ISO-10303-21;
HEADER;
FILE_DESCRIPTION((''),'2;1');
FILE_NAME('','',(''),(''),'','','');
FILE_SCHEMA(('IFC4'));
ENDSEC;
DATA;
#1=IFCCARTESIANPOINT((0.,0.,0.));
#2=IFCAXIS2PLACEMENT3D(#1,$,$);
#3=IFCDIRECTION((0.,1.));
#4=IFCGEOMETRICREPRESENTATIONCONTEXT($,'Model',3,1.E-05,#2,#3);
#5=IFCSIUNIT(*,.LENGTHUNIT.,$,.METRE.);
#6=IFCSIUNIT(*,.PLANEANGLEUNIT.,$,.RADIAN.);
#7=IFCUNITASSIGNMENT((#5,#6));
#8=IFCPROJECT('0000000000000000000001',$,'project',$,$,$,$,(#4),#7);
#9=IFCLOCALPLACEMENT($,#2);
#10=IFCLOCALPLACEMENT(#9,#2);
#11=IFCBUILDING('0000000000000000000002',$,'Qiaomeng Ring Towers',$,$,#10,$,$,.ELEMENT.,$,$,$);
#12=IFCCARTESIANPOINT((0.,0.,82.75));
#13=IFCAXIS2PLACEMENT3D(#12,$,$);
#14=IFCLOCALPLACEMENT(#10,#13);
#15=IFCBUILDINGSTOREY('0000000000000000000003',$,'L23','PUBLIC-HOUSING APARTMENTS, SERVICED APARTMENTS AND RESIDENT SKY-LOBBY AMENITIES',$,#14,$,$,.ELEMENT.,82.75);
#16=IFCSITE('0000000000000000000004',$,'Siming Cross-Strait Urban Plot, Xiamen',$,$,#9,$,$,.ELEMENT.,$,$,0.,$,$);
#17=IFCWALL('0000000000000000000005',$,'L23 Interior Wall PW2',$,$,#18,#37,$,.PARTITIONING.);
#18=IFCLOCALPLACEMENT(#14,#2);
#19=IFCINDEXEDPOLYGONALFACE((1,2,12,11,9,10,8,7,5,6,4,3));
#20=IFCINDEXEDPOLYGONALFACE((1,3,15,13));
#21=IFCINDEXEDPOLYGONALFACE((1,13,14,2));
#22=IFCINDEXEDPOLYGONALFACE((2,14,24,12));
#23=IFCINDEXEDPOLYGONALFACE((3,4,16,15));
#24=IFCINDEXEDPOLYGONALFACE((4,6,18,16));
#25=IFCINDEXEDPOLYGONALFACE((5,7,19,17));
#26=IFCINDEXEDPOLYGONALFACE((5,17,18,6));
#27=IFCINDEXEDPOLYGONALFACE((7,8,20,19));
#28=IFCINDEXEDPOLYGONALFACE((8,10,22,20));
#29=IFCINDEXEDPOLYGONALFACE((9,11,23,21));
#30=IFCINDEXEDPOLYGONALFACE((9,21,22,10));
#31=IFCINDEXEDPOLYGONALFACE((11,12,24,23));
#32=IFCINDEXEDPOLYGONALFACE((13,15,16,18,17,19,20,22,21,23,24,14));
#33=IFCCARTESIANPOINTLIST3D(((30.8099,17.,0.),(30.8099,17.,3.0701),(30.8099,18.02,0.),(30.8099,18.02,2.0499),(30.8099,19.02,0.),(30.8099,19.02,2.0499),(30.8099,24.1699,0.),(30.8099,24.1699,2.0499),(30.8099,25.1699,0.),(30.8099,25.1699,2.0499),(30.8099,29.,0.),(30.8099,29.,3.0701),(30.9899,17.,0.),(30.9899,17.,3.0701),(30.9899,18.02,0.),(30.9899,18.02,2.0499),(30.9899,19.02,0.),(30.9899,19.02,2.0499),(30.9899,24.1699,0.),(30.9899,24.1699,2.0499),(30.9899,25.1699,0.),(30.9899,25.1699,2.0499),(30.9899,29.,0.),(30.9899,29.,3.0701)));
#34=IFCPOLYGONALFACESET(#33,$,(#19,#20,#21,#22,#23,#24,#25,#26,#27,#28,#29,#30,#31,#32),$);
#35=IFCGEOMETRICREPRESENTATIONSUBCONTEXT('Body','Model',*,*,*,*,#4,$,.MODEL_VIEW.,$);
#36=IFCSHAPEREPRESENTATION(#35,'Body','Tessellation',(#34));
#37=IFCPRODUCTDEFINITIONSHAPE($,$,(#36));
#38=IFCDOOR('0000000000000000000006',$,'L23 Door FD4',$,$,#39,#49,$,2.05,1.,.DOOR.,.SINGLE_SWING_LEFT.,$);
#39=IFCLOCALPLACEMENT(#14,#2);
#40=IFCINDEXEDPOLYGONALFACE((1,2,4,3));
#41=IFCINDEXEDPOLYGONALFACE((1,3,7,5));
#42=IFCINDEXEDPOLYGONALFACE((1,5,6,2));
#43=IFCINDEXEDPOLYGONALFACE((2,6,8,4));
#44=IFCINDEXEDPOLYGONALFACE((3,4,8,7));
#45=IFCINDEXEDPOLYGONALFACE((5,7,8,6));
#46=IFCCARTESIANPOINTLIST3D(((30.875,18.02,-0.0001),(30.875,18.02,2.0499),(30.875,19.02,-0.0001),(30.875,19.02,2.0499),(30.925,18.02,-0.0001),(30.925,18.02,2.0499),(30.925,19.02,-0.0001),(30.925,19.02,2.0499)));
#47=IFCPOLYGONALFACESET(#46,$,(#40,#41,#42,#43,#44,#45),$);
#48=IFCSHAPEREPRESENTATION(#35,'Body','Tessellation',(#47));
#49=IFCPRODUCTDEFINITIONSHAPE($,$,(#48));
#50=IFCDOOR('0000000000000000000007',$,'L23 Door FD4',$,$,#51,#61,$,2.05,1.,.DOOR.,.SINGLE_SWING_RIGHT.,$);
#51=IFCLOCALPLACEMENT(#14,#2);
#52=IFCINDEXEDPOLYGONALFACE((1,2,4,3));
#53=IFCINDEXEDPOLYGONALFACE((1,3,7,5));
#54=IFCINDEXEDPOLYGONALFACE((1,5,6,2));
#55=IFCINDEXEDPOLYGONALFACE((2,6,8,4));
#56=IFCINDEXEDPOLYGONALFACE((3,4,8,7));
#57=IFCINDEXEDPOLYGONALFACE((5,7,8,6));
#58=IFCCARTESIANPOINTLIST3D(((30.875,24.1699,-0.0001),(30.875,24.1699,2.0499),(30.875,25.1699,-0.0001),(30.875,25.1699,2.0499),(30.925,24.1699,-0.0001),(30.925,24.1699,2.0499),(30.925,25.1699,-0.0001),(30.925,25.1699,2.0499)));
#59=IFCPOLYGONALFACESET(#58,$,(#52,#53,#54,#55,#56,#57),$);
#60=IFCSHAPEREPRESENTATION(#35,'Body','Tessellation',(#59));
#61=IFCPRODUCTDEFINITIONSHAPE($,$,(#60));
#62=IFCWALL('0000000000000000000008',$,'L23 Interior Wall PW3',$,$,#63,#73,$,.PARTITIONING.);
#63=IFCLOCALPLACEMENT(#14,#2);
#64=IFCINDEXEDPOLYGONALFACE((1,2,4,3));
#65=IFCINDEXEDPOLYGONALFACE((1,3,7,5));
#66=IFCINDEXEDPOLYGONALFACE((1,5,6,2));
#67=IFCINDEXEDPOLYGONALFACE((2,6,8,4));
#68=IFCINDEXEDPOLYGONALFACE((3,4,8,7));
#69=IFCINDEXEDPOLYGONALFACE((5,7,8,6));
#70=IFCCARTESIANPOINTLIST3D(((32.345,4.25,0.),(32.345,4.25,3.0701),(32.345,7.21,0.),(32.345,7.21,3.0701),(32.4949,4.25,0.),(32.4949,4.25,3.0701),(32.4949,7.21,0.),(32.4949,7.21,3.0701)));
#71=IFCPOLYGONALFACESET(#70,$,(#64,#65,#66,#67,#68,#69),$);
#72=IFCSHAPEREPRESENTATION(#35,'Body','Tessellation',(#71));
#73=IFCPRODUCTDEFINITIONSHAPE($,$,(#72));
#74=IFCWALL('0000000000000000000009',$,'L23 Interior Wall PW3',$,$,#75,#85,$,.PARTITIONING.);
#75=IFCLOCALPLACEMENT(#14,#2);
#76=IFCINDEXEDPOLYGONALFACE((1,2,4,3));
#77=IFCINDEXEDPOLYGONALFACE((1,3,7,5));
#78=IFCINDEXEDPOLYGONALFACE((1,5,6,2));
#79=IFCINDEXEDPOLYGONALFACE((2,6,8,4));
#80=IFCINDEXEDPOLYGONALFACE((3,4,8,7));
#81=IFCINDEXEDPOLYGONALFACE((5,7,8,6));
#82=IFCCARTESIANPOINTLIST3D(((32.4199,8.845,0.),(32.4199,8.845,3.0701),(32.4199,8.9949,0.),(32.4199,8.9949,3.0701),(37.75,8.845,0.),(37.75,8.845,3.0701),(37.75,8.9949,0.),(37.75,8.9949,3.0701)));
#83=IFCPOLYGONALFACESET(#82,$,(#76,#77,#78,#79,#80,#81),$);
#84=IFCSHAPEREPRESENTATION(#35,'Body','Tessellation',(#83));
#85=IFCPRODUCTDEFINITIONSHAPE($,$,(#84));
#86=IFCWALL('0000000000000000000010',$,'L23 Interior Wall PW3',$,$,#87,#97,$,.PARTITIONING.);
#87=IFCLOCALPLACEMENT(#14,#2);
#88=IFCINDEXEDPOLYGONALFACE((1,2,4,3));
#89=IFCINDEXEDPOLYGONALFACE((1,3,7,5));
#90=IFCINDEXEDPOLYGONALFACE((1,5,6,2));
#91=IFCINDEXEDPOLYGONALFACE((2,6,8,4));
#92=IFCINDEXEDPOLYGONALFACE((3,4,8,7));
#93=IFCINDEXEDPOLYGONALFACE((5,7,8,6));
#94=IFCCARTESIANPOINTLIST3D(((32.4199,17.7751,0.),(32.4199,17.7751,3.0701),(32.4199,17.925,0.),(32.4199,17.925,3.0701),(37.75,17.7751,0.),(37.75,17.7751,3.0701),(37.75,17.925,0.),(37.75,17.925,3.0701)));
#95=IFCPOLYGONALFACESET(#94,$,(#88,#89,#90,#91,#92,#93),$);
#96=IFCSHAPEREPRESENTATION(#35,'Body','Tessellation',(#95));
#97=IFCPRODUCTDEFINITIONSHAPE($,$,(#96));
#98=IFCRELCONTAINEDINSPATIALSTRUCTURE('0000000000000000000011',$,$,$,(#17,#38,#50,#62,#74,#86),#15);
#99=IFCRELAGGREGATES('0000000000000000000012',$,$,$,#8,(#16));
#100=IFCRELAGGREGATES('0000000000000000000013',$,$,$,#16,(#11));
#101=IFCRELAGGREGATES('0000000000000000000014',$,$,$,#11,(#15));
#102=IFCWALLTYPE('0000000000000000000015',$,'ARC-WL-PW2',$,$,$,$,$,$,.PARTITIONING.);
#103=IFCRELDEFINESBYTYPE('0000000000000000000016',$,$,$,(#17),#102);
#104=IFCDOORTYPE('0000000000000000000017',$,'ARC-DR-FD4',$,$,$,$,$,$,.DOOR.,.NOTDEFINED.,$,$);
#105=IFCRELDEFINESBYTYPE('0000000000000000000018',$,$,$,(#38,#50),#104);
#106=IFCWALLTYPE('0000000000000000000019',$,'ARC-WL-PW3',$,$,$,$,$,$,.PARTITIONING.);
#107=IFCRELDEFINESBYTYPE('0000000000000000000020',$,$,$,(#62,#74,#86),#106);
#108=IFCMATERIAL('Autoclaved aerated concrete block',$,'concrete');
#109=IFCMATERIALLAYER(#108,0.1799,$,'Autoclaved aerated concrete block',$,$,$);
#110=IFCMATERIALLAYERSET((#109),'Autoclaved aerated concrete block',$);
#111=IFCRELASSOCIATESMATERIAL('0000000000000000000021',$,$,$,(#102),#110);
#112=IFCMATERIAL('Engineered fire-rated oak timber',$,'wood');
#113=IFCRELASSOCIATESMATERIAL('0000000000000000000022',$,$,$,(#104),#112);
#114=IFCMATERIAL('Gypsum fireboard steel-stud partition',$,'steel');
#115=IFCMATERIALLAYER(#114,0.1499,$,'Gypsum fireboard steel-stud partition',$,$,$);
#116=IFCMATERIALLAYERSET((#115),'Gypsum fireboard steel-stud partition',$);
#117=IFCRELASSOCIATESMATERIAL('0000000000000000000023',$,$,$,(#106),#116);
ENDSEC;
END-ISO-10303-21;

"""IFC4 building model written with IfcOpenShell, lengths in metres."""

from ifc_helpers import new_model, si_unit, direction, frame, frame_2d, origin, place, context, subcontext, project, spatial, rectangle, extrude, source, transform, mapped, material, layer, layer_set, type_object, element, fill, save


model = new_model("IFC4")

# Units and contexts
model_context = context("Model", 3, precision=1e-05, world=origin(), true_north=direction((0.0, 1.0)))
body_context = subcontext(model_context, "Body", "Model", "MODEL_VIEW")
ifc_project = project(units=[si_unit("LENGTHUNIT", "METRE"), si_unit("PLANEANGLEUNIT", "RADIAN")], contexts=[model_context])

# Site, building, storey
site_placement = place(None, origin())
site = spatial("IfcSite", under=ifc_project, at=site_placement, Name="Siming Cross-Strait Urban Plot, Xiamen", CompositionType="ELEMENT", RefElevation=0.0)
building_placement = place(site_placement, origin())
building = spatial("IfcBuilding", under=site, at=building_placement, Name="Qiaomeng Ring Towers", CompositionType="ELEMENT")
storey_placement = place(building_placement, frame((0.0, 0.0, 82.75)))
storey = spatial("IfcBuildingStorey", under=building, at=storey_placement, Name="L23", Description="PUBLIC-HOUSING APARTMENTS, SERVICED APARTMENTS AND RESIDENT SKY-LOBBY AMENITIES", CompositionType="ELEMENT", Elevation=82.75)

# Shared definitions
ifc_material_1 = material(Name="Autoclaved aerated concrete block", Category="concrete")

# Wall, openings, doors
ifc_layer_1 = layer(ifc_material_1, 0.1799, Name="Autoclaved aerated concrete block")
ifc_layer_set_1 = layer_set([ifc_layer_1], Name="Autoclaved aerated concrete block")
wall_type_1 = type_object("IfcWallType", Name="ARC-WL-PW2", PredefinedType="PARTITIONING", material=ifc_layer_set_1)
ifc_material_2 = material(Name="Engineered fire-rated oak timber", Category="wood")
door_type_1 = type_object("IfcDoorType", Name="ARC-DR-FD4", OperationType="NOTDEFINED", PredefinedType="DOOR", material=ifc_material_2)
shared_shape_1 = source(origin(), body_context, "Body", "SweptSolid", [
    extrude(rectangle(XDim=1.0, YDim=2.05, at=frame_2d((0.5, 1.0249))), frame((0.0, 0.0249, 0.0), z_axis=(0.0, -1.0, 0.0), x_axis=(1.0, 0.0, 0.0)), (0.0, 0.0, 1.0), 0.05),
])
wall_1_placement = place(storey_placement, frame((30.8999, 17.0, 0.0), z_axis=(0.0, 0.0, 1.0), x_axis=(0.0, 1.0, 0.0)))
wall_1 = element("IfcWall", 1, at=wall_1_placement, inside=storey, type_object=wall_type_1, Name="L23 Interior Wall PW2", PredefinedType="PARTITIONING", context=body_context, shape_type="SweptSolid", body=[
    extrude(rectangle(XDim=12.0, YDim=0.1799, at=frame_2d((6.0, 0.0))), origin(), (0.0, 0.0, 1.0), 3.0701),
])
opening_1_placement = place(wall_1_placement, frame((1.02, 0.0, 0.0)))
opening_1 = element("IfcOpeningElement", 2, at=opening_1_placement, cuts=wall_1, PredefinedType="OPENING", context=body_context, shape_type="SweptSolid", body=[
    extrude(rectangle(XDim=1.0, YDim=2.05, at=frame_2d((0.5, 1.0249))), frame((0.0, 0.0999, 0.0), z_axis=(0.0, -1.0, 0.0), x_axis=(1.0, 0.0, 0.0)), (0.0, 0.0, 1.0), 0.2),
])
opening_2_placement = place(wall_1_placement, frame((7.1699, 0.0, 0.0)))
opening_2 = element("IfcOpeningElement", 3, at=opening_2_placement, cuts=wall_1, PredefinedType="OPENING", context=body_context, shape_type="SweptSolid", body=[
    extrude(rectangle(XDim=1.0, YDim=2.05, at=frame_2d((0.5, 1.0249))), frame((0.0, 0.0999, 0.0), z_axis=(0.0, -1.0, 0.0), x_axis=(1.0, 0.0, 0.0)), (0.0, 0.0, 1.0), 0.2),
])
door_1_placement = place(opening_1_placement, origin())
door_1 = element("IfcDoor", 4, at=door_1_placement, inside=storey, type_object=door_type_1, Name="L23 Door FD4", OperationType="SINGLE_SWING_LEFT", OverallHeight=2.05, OverallWidth=1.0, PredefinedType="DOOR", context=body_context, shape_type="MappedRepresentation", body=[
    mapped(shared_shape_1, transform((0.0, 0.0, 0.0), x_axis=(1.0, 0.0, 0.0), y_axis=(0.0, 1.0, 0.0), z_axis=(0.0, 0.0, 1.0), scale=1.0)),
])
fill(opening_1, door_1)
door_2_placement = place(opening_2_placement, origin())
door_2 = element("IfcDoor", 5, at=door_2_placement, inside=storey, type_object=door_type_1, Name="L23 Door FD4", OperationType="SINGLE_SWING_RIGHT", OverallHeight=2.05, OverallWidth=1.0, PredefinedType="DOOR", context=body_context, shape_type="MappedRepresentation", body=[
    mapped(shared_shape_1, transform((0.0, 0.0, 0.0), x_axis=(1.0, 0.0, 0.0), y_axis=(0.0, 1.0, 0.0), z_axis=(0.0, 0.0, 1.0), scale=1.0)),
])
fill(opening_2, door_2)

# Walls
ifc_material_3 = material(Name="Gypsum fireboard steel-stud partition", Category="steel")
ifc_layer_2 = layer(ifc_material_3, 0.1499, Name="Gypsum fireboard steel-stud partition")
ifc_layer_set_2 = layer_set([ifc_layer_2], Name="Gypsum fireboard steel-stud partition")
wall_type_2 = type_object("IfcWallType", Name="ARC-WL-PW3", PredefinedType="PARTITIONING", material=ifc_layer_set_2)
wall_2_placement = place(storey_placement, frame((32.4199, 4.25, 0.0), z_axis=(0.0, 0.0, 1.0), x_axis=(0.0, 1.0, 0.0)))
element("IfcWall", 6, at=wall_2_placement, inside=storey, type_object=wall_type_2, Name="L23 Interior Wall PW3", PredefinedType="PARTITIONING", context=body_context, shape_type="SweptSolid", body=[
    extrude(rectangle(XDim=2.96, YDim=0.1499, at=frame_2d((1.48, 0.0))), origin(), (0.0, 0.0, 1.0), 3.0701),
])
for number, where, z_axis, x_axis, name in (
    (7, (32.4199, 8.9199, 0.0), (0.0, 0.0, 1.0), (1.0, 0.0, 0.0), "L23 Interior Wall PW3"),
    (8, (32.4199, 17.8501, 0.0), (0.0, 0.0, 1.0), (1.0, 0.0, 0.0), "L23 Interior Wall PW3"),
):
    element("IfcWall", number, at=place(storey_placement, frame(where, z_axis=z_axis, x_axis=x_axis)), inside=storey, type_object=wall_type_2, Name=name, PredefinedType="PARTITIONING", context=body_context, shape_type="SweptSolid", body=[
        extrude(rectangle(XDim=5.3301, YDim=0.1499, at=frame_2d((2.665, 0.0))), origin(), (0.0, 0.0, 1.0), 3.0701),
    ])

save(model, "model.ifc")
